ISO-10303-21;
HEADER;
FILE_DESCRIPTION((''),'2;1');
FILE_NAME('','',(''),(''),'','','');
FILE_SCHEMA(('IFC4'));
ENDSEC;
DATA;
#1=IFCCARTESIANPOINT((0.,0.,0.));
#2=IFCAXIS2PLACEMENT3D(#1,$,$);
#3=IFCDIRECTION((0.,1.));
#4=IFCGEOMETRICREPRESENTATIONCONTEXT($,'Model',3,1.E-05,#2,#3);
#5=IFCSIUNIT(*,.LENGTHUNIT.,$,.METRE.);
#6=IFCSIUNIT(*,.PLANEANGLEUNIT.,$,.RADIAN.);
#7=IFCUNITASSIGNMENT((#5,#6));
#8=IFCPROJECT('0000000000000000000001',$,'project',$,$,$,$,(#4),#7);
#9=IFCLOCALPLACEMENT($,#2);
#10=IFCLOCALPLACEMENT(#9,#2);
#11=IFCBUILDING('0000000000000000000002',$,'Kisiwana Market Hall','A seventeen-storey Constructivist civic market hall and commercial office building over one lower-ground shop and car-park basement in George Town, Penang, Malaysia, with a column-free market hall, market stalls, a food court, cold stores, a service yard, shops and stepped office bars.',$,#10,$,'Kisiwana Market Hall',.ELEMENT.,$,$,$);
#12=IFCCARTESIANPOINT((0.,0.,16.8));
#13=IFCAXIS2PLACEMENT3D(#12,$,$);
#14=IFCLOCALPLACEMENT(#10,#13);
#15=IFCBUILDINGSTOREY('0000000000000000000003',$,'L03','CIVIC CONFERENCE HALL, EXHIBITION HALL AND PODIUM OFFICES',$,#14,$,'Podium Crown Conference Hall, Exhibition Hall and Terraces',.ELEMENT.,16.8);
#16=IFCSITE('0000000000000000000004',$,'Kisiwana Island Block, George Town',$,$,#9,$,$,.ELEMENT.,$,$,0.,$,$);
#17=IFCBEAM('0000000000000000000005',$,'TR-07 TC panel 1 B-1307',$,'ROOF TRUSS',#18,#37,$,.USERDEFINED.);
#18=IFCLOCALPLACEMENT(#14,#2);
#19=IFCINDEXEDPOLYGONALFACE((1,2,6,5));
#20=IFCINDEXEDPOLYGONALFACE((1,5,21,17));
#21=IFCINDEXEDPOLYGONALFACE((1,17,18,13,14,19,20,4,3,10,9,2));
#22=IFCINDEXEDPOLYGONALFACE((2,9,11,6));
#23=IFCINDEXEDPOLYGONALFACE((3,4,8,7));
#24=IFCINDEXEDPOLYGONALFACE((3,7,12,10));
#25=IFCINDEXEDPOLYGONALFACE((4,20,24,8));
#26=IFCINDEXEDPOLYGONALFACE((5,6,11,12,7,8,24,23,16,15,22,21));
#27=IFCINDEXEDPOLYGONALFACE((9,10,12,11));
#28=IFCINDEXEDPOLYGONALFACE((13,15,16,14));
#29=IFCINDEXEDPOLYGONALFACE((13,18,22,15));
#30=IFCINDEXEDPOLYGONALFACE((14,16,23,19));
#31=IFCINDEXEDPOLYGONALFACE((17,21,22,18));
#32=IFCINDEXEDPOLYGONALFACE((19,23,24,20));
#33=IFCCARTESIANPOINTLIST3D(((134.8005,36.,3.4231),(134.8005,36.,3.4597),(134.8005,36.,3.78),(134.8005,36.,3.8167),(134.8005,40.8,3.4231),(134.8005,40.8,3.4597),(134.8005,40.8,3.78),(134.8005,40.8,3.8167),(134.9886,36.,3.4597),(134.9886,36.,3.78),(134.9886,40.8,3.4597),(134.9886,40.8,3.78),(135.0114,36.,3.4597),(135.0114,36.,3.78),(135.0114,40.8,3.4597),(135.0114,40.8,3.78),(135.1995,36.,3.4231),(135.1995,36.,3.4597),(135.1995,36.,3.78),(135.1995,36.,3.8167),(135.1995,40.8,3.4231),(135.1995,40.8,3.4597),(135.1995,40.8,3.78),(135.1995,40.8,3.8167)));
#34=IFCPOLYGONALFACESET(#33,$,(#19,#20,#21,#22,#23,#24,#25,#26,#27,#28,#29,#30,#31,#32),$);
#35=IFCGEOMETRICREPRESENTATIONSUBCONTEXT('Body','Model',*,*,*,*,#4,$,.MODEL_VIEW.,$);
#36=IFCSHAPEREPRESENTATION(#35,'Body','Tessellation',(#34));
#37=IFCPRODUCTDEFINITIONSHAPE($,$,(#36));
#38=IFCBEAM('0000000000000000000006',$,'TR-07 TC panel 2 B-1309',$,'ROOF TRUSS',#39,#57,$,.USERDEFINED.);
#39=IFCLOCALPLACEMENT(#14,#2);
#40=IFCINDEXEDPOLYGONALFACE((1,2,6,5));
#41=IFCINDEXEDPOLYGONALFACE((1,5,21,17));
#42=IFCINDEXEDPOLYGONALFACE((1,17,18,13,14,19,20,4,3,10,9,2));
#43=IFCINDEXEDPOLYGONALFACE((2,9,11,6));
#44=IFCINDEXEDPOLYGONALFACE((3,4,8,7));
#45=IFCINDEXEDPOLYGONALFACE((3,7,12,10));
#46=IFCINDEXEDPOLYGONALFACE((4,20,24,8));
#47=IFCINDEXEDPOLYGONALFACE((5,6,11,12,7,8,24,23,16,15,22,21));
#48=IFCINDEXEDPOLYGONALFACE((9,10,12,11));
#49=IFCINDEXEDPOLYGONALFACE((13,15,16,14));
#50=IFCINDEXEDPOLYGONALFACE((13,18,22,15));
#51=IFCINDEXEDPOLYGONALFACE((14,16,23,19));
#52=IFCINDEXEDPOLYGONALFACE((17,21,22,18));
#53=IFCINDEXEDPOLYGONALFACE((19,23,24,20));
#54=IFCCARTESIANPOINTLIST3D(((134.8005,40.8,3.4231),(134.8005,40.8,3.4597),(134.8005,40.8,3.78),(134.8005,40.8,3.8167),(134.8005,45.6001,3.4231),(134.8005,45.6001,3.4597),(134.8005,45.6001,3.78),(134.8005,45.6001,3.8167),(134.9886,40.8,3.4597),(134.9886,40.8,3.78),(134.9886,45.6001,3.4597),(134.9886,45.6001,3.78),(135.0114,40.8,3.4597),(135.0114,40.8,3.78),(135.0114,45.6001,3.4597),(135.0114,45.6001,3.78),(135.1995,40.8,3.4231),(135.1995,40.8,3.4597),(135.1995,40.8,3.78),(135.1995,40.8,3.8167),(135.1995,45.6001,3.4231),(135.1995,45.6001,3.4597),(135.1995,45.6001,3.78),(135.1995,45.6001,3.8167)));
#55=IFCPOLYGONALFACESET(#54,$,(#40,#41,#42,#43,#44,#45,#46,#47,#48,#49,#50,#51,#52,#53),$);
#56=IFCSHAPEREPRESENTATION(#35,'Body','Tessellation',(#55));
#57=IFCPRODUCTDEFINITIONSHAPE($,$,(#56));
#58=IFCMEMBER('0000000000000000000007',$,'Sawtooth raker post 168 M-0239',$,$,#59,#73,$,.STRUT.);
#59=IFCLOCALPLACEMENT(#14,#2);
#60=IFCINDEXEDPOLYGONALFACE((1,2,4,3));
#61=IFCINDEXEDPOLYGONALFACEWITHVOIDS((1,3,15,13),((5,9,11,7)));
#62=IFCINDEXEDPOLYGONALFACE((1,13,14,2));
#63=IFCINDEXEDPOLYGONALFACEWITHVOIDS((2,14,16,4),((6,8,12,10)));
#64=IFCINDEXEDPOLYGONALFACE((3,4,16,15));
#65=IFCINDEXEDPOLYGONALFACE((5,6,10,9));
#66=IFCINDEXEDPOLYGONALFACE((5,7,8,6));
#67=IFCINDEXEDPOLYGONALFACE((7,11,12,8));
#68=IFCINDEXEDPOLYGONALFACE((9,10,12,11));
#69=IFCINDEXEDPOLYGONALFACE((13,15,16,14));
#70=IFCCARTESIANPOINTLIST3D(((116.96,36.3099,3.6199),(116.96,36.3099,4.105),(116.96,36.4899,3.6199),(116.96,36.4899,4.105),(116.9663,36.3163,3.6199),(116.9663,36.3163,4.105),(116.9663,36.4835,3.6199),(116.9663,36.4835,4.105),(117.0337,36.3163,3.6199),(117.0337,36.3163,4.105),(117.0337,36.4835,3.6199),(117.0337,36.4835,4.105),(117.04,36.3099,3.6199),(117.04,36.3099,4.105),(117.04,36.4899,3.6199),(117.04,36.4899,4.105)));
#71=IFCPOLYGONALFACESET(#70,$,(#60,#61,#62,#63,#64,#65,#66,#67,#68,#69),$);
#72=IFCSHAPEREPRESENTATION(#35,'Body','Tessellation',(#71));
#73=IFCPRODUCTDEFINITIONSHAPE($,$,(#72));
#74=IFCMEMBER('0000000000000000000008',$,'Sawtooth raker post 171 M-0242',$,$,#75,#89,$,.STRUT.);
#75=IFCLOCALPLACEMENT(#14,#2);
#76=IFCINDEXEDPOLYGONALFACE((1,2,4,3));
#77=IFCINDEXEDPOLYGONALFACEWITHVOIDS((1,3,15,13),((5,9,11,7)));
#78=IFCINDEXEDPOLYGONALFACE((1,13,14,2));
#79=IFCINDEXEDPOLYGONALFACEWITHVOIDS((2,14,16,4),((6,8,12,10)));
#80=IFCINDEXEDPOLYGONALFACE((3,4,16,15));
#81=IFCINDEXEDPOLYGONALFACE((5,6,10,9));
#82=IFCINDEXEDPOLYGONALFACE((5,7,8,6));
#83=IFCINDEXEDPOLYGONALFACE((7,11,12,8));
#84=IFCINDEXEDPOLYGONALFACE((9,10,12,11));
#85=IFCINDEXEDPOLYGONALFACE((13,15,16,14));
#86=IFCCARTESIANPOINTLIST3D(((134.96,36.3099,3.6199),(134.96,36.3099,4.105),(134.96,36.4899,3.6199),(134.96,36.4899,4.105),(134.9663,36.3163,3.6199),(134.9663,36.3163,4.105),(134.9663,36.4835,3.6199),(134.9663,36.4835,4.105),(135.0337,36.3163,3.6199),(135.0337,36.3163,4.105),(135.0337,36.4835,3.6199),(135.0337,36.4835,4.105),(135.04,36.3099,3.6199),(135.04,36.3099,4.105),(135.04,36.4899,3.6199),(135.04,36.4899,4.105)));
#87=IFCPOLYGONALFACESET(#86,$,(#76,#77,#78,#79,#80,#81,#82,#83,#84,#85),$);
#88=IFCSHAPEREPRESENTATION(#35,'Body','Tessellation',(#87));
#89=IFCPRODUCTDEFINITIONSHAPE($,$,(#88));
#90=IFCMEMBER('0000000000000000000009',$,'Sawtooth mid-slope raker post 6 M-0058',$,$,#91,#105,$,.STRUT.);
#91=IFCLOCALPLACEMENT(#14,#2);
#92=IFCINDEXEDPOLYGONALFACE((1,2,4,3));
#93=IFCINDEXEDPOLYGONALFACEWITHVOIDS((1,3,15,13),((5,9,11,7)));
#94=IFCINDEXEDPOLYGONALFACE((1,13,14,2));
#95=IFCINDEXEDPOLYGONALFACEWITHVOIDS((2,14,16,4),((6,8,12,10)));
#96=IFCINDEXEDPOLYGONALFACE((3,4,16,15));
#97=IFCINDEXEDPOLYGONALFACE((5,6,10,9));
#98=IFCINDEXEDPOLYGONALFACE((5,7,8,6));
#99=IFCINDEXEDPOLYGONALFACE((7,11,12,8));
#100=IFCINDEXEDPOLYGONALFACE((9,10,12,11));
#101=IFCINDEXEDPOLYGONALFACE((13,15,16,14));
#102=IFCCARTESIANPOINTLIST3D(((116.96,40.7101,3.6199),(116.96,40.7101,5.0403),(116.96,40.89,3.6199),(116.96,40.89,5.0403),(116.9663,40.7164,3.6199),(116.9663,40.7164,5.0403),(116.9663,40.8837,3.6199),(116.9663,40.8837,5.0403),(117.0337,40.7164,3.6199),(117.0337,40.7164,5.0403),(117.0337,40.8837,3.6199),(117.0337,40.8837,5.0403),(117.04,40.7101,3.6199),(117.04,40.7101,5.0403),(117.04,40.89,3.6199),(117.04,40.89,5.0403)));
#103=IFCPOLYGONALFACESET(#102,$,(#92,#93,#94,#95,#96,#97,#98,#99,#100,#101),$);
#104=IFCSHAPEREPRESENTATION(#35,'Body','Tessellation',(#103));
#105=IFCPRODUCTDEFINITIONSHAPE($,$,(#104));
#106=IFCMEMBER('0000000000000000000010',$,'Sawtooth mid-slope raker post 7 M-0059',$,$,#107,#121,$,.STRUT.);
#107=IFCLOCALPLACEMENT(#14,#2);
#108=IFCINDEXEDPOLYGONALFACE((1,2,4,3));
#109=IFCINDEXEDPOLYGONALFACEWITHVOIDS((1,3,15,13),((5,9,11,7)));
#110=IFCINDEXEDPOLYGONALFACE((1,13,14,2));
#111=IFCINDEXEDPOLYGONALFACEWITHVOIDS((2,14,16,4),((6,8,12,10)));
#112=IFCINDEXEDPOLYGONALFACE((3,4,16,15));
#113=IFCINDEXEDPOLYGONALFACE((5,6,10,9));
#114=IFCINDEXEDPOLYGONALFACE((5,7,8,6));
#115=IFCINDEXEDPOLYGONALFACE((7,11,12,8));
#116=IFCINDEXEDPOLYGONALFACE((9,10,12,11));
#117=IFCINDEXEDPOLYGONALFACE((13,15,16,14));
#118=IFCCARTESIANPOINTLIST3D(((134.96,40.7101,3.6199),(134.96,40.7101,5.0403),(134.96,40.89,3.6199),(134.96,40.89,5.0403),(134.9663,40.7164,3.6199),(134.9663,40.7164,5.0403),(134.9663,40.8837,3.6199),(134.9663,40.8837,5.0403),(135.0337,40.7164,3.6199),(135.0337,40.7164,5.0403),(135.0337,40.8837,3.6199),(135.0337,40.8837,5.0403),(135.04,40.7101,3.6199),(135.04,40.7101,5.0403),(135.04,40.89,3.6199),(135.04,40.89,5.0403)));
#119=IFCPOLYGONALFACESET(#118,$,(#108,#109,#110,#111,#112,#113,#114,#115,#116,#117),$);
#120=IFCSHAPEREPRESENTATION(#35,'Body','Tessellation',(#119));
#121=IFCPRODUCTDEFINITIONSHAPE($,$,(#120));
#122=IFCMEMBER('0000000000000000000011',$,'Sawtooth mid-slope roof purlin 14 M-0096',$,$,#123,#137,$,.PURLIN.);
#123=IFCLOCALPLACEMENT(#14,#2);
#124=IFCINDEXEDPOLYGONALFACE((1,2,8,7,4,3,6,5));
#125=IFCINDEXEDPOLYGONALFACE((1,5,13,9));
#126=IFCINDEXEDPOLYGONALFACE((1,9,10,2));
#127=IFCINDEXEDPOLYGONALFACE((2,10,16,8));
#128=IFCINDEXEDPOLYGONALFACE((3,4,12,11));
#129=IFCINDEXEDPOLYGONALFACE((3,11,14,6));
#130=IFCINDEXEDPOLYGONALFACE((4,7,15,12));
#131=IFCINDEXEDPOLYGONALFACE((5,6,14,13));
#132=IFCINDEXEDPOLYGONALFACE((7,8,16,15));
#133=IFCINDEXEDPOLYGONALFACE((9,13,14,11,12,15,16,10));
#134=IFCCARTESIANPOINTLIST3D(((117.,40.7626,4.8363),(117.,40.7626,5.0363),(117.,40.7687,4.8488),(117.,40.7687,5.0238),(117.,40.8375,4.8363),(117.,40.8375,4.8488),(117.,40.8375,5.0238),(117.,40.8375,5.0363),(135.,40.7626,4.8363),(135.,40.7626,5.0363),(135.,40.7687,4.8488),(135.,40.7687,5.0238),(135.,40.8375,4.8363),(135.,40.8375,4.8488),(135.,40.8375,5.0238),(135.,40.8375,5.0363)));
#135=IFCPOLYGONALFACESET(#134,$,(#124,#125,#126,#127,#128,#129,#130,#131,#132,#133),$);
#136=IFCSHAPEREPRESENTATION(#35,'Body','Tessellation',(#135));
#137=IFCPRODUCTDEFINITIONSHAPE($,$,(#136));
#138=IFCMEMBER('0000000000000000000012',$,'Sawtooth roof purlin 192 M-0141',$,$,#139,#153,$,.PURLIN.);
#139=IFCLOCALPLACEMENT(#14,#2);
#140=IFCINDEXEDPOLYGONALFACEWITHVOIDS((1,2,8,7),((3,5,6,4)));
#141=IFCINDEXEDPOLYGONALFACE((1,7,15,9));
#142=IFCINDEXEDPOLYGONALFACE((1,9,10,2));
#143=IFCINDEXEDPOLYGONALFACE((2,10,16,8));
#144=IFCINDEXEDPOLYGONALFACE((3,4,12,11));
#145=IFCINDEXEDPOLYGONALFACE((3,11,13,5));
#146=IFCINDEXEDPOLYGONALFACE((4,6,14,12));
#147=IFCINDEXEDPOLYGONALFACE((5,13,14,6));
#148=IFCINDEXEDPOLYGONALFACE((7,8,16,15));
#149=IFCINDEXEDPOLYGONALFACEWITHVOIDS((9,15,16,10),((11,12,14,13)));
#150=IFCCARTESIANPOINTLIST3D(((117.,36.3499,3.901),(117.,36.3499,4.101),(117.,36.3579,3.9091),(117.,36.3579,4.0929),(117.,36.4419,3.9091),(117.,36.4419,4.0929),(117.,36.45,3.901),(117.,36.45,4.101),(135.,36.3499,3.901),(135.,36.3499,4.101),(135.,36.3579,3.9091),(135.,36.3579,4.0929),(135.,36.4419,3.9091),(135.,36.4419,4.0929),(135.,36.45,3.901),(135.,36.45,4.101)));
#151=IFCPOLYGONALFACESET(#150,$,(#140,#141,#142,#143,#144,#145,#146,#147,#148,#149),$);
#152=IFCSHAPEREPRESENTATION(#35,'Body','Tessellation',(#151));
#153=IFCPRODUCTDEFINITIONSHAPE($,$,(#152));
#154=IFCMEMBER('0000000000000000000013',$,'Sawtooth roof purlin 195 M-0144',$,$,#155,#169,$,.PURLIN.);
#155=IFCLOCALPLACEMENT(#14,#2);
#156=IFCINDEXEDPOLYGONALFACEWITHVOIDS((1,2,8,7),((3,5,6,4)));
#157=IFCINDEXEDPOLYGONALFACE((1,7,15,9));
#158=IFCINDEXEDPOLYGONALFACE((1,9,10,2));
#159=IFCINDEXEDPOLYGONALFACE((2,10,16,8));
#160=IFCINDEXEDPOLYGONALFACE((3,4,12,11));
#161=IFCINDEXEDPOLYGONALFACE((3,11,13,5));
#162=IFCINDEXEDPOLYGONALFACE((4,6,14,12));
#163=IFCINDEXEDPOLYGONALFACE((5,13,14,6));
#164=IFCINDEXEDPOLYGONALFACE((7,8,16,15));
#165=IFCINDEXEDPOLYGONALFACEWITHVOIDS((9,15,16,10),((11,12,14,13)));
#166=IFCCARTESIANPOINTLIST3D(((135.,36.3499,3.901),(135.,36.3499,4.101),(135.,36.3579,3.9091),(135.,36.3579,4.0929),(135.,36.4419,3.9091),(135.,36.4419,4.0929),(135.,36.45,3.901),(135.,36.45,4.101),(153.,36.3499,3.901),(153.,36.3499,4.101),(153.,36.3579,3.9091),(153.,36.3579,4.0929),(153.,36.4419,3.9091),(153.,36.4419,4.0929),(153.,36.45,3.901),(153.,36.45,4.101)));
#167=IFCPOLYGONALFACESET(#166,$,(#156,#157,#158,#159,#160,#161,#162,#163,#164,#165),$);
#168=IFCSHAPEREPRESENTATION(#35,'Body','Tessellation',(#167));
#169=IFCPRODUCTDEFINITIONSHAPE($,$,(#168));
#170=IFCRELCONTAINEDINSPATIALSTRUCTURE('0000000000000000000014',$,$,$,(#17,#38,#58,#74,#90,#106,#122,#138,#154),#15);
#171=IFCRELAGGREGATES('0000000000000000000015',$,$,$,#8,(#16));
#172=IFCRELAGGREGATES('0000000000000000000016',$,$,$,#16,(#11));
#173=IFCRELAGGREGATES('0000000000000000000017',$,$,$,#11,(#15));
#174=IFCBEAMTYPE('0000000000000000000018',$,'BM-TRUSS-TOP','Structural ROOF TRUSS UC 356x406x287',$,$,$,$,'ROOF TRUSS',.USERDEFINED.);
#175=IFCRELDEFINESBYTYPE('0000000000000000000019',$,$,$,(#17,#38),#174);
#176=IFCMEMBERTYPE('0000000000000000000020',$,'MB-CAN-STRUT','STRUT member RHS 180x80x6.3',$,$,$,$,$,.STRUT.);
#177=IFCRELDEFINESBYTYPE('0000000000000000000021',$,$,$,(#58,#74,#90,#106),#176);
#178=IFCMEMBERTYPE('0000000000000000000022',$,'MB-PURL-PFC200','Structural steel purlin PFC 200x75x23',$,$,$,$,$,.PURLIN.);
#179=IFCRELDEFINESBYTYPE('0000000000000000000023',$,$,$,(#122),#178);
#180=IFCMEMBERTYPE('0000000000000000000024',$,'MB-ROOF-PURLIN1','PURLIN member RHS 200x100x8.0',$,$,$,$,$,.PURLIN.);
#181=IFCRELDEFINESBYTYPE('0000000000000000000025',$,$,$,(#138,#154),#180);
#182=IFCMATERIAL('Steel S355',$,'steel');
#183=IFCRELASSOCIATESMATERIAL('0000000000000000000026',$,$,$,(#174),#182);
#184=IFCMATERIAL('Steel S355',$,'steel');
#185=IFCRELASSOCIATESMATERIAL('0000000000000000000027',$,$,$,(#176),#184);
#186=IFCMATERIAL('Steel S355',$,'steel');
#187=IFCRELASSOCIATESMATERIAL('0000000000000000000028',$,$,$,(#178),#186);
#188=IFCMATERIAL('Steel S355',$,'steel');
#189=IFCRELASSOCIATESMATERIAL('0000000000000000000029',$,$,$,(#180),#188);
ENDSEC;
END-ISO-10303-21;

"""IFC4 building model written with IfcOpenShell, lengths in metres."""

from ifc_helpers import new_model, si_unit, direction, frame, origin, origin_2d, place, context, subcontext, project, spatial, hollow_rectangle, i_section, u_section, extrude, material, material_profile, profile_set, type_object, element, save


model = new_model("IFC4")

# Units and contexts
model_context = context("Model", 3, precision=1e-05, world=origin(), true_north=direction((0.0, 1.0)))
body_context = subcontext(model_context, "Body", "Model", "MODEL_VIEW")
ifc_project = project(units=[si_unit("LENGTHUNIT", "METRE"), si_unit("PLANEANGLEUNIT", "RADIAN")], contexts=[model_context])

# Site, building, storey
site_placement = place(None, origin())
site = spatial("IfcSite", under=ifc_project, at=site_placement, Name="Kisiwana Island Block, George Town", CompositionType="ELEMENT", RefElevation=0.0)
building_placement = place(site_placement, origin())
building = spatial("IfcBuilding", under=site, at=building_placement, Name="Kisiwana Market Hall", Description="A seventeen-storey Constructivist civic market hall and commercial office building over one lower-ground shop and car-park basement in George Town, Penang, Malaysia, with a column-free market hall, market stalls, a food court, cold stores, a service yard, shops and stepped office bars.", LongName="Kisiwana Market Hall", CompositionType="ELEMENT")
storey_placement = place(building_placement, frame((0.0, 0.0, 16.8)))
storey = spatial("IfcBuildingStorey", under=building, at=storey_placement, Name="L03", Description="CIVIC CONFERENCE HALL, EXHIBITION HALL AND PODIUM OFFICES", LongName="Podium Crown Conference Hall, Exhibition Hall and Terraces", CompositionType="ELEMENT", Elevation=16.8)

# Beams
ifc_material_1 = material(Name="Steel S355", Category="steel")
ifc_material_profile_1 = material_profile(ifc_material_1, i_section(OverallWidth=0.3989, OverallDepth=0.3936, WebThickness=0.0227, FlangeThickness=0.0366, at=origin_2d()), Name="UC 356x406x287")
ifc_profile_set_1 = profile_set([ifc_material_profile_1], Name="Steel S355")
beam_type_1 = type_object("IfcBeamType", Name="BM-TRUSS-TOP", Description="Structural ROOF TRUSS UC 356x406x287", ElementType="ROOF TRUSS", PredefinedType="USERDEFINED", material=ifc_profile_set_1)
for number, where, z_axis, x_axis, name in (
    (1, (135.0, 36.0, 3.6199), (0.0, 1.0, 0.0), (-1.0, 0.0, 0.0), "TR-07 TC panel 1 B-1307"),
    (2, (135.0, 40.8, 3.6199), (0.0, 1.0, 0.0), (-1.0, 0.0, 0.0), "TR-07 TC panel 2 B-1309"),
):
    element("IfcBeam", number, at=place(storey_placement, frame(where, z_axis=z_axis, x_axis=x_axis)), inside=storey, type_object=beam_type_1, Name=name, ObjectType="ROOF TRUSS", PredefinedType="USERDEFINED", context=body_context, shape_type="SweptSolid", body=[
        extrude(i_section(OverallWidth=0.3989, OverallDepth=0.3936, WebThickness=0.0227, FlangeThickness=0.0366, at=origin_2d()), origin(), (0.0, 0.0, 1.0), 4.8),
    ])

# Members
ifc_material_2 = material(Name="Steel S355", Category="steel")
ifc_material_profile_2 = material_profile(ifc_material_2, hollow_rectangle(XDim=0.0801, YDim=0.1799, WallThickness=0.0063, at=origin_2d()), Name="RHS 180x80x6.3")
ifc_profile_set_2 = profile_set([ifc_material_profile_2], Name="Steel S355")
member_type_1 = type_object("IfcMemberType", Name="MB-CAN-STRUT", Description="STRUT member RHS 180x80x6.3", PredefinedType="STRUT", material=ifc_profile_set_2)
for number, where, z_axis, x_axis, name in (
    (3, (117.0, 36.3999, 3.6199), (0.0, 0.0, 1.0), (1.0, 0.0, 0.0), "Sawtooth raker post 168 M-0239"),
    (4, (135.0, 36.3999, 3.6199), (0.0, 0.0, 1.0), (1.0, 0.0, 0.0), "Sawtooth raker post 171 M-0242"),
):
    element("IfcMember", number, at=place(storey_placement, frame(where, z_axis=z_axis, x_axis=x_axis)), inside=storey, type_object=member_type_1, Name=name, PredefinedType="STRUT", context=body_context, shape_type="SweptSolid", body=[
        extrude(hollow_rectangle(XDim=0.0801, YDim=0.1799, WallThickness=0.0063, at=origin_2d()), origin(), (0.0, 0.0, 1.0), 0.4851),
    ])
for number, where, z_axis, x_axis, name in (
    (5, (117.0, 40.8, 3.6199), (0.0, 0.0, 1.0), (1.0, 0.0, 0.0), "Sawtooth mid-slope raker post 6 M-0058"),
    (6, (135.0, 40.8, 3.6199), (0.0, 0.0, 1.0), (1.0, 0.0, 0.0), "Sawtooth mid-slope raker post 7 M-0059"),
):
    element("IfcMember", number, at=place(storey_placement, frame(where, z_axis=z_axis, x_axis=x_axis)), inside=storey, type_object=member_type_1, Name=name, PredefinedType="STRUT", context=body_context, shape_type="SweptSolid", body=[
        extrude(hollow_rectangle(XDim=0.0801, YDim=0.1799, WallThickness=0.0063, at=origin_2d()), origin(), (0.0, 0.0, 1.0), 1.4204),
    ])
ifc_material_3 = material(Name="Steel S355", Category="steel")
ifc_material_profile_3 = material_profile(ifc_material_3, u_section(Depth=0.2, FlangeWidth=0.075, WebThickness=0.0061, FlangeThickness=0.0125, at=origin_2d()), Name="PFC 200x75x23")
ifc_profile_set_3 = profile_set([ifc_material_profile_3], Name="Steel S355")
member_type_2 = type_object("IfcMemberType", Name="MB-PURL-PFC200", Description="Structural steel purlin PFC 200x75x23", PredefinedType="PURLIN", material=ifc_profile_set_3)
member_placement = place(storey_placement, frame((117.0, 40.8, 4.9363), z_axis=(1.0, 0.0, 0.0), x_axis=(0.0, 1.0, 0.0)))
element("IfcMember", 7, at=member_placement, inside=storey, type_object=member_type_2, Name="Sawtooth mid-slope roof purlin 14 M-0096", PredefinedType="PURLIN", context=body_context, shape_type="SweptSolid", body=[
    extrude(u_section(Depth=0.2, FlangeWidth=0.075, WebThickness=0.0061, FlangeThickness=0.0125, at=origin_2d()), origin(), (0.0, 0.0, 1.0), 18.0),
])
ifc_material_4 = material(Name="Steel S355", Category="steel")
ifc_material_profile_4 = material_profile(ifc_material_4, hollow_rectangle(XDim=0.1001, YDim=0.2, WallThickness=0.0081, at=origin_2d()), Name="RHS 200x100x8.0")
ifc_profile_set_4 = profile_set([ifc_material_profile_4], Name="Steel S355")
member_type_3 = type_object("IfcMemberType", Name="MB-ROOF-PURLIN1", Description="PURLIN member RHS 200x100x8.0", PredefinedType="PURLIN", material=ifc_profile_set_4)
for number, where, z_axis, x_axis, name in (
    (8, (117.0, 36.3999, 4.001), (1.0, 0.0, 0.0), (0.0, 1.0, 0.0), "Sawtooth roof purlin 192 M-0141"),
    (9, (135.0, 36.3999, 4.001), (1.0, 0.0, 0.0), (0.0, 1.0, 0.0), "Sawtooth roof purlin 195 M-0144"),
):
    element("IfcMember", number, at=place(storey_placement, frame(where, z_axis=z_axis, x_axis=x_axis)), inside=storey, type_object=member_type_3, Name=name, PredefinedType="PURLIN", context=body_context, shape_type="SweptSolid", body=[
        extrude(hollow_rectangle(XDim=0.1001, YDim=0.2, WallThickness=0.0081, at=origin_2d()), origin(), (0.0, 0.0, 1.0), 18.0),
    ])

save(model, "model.ifc")
